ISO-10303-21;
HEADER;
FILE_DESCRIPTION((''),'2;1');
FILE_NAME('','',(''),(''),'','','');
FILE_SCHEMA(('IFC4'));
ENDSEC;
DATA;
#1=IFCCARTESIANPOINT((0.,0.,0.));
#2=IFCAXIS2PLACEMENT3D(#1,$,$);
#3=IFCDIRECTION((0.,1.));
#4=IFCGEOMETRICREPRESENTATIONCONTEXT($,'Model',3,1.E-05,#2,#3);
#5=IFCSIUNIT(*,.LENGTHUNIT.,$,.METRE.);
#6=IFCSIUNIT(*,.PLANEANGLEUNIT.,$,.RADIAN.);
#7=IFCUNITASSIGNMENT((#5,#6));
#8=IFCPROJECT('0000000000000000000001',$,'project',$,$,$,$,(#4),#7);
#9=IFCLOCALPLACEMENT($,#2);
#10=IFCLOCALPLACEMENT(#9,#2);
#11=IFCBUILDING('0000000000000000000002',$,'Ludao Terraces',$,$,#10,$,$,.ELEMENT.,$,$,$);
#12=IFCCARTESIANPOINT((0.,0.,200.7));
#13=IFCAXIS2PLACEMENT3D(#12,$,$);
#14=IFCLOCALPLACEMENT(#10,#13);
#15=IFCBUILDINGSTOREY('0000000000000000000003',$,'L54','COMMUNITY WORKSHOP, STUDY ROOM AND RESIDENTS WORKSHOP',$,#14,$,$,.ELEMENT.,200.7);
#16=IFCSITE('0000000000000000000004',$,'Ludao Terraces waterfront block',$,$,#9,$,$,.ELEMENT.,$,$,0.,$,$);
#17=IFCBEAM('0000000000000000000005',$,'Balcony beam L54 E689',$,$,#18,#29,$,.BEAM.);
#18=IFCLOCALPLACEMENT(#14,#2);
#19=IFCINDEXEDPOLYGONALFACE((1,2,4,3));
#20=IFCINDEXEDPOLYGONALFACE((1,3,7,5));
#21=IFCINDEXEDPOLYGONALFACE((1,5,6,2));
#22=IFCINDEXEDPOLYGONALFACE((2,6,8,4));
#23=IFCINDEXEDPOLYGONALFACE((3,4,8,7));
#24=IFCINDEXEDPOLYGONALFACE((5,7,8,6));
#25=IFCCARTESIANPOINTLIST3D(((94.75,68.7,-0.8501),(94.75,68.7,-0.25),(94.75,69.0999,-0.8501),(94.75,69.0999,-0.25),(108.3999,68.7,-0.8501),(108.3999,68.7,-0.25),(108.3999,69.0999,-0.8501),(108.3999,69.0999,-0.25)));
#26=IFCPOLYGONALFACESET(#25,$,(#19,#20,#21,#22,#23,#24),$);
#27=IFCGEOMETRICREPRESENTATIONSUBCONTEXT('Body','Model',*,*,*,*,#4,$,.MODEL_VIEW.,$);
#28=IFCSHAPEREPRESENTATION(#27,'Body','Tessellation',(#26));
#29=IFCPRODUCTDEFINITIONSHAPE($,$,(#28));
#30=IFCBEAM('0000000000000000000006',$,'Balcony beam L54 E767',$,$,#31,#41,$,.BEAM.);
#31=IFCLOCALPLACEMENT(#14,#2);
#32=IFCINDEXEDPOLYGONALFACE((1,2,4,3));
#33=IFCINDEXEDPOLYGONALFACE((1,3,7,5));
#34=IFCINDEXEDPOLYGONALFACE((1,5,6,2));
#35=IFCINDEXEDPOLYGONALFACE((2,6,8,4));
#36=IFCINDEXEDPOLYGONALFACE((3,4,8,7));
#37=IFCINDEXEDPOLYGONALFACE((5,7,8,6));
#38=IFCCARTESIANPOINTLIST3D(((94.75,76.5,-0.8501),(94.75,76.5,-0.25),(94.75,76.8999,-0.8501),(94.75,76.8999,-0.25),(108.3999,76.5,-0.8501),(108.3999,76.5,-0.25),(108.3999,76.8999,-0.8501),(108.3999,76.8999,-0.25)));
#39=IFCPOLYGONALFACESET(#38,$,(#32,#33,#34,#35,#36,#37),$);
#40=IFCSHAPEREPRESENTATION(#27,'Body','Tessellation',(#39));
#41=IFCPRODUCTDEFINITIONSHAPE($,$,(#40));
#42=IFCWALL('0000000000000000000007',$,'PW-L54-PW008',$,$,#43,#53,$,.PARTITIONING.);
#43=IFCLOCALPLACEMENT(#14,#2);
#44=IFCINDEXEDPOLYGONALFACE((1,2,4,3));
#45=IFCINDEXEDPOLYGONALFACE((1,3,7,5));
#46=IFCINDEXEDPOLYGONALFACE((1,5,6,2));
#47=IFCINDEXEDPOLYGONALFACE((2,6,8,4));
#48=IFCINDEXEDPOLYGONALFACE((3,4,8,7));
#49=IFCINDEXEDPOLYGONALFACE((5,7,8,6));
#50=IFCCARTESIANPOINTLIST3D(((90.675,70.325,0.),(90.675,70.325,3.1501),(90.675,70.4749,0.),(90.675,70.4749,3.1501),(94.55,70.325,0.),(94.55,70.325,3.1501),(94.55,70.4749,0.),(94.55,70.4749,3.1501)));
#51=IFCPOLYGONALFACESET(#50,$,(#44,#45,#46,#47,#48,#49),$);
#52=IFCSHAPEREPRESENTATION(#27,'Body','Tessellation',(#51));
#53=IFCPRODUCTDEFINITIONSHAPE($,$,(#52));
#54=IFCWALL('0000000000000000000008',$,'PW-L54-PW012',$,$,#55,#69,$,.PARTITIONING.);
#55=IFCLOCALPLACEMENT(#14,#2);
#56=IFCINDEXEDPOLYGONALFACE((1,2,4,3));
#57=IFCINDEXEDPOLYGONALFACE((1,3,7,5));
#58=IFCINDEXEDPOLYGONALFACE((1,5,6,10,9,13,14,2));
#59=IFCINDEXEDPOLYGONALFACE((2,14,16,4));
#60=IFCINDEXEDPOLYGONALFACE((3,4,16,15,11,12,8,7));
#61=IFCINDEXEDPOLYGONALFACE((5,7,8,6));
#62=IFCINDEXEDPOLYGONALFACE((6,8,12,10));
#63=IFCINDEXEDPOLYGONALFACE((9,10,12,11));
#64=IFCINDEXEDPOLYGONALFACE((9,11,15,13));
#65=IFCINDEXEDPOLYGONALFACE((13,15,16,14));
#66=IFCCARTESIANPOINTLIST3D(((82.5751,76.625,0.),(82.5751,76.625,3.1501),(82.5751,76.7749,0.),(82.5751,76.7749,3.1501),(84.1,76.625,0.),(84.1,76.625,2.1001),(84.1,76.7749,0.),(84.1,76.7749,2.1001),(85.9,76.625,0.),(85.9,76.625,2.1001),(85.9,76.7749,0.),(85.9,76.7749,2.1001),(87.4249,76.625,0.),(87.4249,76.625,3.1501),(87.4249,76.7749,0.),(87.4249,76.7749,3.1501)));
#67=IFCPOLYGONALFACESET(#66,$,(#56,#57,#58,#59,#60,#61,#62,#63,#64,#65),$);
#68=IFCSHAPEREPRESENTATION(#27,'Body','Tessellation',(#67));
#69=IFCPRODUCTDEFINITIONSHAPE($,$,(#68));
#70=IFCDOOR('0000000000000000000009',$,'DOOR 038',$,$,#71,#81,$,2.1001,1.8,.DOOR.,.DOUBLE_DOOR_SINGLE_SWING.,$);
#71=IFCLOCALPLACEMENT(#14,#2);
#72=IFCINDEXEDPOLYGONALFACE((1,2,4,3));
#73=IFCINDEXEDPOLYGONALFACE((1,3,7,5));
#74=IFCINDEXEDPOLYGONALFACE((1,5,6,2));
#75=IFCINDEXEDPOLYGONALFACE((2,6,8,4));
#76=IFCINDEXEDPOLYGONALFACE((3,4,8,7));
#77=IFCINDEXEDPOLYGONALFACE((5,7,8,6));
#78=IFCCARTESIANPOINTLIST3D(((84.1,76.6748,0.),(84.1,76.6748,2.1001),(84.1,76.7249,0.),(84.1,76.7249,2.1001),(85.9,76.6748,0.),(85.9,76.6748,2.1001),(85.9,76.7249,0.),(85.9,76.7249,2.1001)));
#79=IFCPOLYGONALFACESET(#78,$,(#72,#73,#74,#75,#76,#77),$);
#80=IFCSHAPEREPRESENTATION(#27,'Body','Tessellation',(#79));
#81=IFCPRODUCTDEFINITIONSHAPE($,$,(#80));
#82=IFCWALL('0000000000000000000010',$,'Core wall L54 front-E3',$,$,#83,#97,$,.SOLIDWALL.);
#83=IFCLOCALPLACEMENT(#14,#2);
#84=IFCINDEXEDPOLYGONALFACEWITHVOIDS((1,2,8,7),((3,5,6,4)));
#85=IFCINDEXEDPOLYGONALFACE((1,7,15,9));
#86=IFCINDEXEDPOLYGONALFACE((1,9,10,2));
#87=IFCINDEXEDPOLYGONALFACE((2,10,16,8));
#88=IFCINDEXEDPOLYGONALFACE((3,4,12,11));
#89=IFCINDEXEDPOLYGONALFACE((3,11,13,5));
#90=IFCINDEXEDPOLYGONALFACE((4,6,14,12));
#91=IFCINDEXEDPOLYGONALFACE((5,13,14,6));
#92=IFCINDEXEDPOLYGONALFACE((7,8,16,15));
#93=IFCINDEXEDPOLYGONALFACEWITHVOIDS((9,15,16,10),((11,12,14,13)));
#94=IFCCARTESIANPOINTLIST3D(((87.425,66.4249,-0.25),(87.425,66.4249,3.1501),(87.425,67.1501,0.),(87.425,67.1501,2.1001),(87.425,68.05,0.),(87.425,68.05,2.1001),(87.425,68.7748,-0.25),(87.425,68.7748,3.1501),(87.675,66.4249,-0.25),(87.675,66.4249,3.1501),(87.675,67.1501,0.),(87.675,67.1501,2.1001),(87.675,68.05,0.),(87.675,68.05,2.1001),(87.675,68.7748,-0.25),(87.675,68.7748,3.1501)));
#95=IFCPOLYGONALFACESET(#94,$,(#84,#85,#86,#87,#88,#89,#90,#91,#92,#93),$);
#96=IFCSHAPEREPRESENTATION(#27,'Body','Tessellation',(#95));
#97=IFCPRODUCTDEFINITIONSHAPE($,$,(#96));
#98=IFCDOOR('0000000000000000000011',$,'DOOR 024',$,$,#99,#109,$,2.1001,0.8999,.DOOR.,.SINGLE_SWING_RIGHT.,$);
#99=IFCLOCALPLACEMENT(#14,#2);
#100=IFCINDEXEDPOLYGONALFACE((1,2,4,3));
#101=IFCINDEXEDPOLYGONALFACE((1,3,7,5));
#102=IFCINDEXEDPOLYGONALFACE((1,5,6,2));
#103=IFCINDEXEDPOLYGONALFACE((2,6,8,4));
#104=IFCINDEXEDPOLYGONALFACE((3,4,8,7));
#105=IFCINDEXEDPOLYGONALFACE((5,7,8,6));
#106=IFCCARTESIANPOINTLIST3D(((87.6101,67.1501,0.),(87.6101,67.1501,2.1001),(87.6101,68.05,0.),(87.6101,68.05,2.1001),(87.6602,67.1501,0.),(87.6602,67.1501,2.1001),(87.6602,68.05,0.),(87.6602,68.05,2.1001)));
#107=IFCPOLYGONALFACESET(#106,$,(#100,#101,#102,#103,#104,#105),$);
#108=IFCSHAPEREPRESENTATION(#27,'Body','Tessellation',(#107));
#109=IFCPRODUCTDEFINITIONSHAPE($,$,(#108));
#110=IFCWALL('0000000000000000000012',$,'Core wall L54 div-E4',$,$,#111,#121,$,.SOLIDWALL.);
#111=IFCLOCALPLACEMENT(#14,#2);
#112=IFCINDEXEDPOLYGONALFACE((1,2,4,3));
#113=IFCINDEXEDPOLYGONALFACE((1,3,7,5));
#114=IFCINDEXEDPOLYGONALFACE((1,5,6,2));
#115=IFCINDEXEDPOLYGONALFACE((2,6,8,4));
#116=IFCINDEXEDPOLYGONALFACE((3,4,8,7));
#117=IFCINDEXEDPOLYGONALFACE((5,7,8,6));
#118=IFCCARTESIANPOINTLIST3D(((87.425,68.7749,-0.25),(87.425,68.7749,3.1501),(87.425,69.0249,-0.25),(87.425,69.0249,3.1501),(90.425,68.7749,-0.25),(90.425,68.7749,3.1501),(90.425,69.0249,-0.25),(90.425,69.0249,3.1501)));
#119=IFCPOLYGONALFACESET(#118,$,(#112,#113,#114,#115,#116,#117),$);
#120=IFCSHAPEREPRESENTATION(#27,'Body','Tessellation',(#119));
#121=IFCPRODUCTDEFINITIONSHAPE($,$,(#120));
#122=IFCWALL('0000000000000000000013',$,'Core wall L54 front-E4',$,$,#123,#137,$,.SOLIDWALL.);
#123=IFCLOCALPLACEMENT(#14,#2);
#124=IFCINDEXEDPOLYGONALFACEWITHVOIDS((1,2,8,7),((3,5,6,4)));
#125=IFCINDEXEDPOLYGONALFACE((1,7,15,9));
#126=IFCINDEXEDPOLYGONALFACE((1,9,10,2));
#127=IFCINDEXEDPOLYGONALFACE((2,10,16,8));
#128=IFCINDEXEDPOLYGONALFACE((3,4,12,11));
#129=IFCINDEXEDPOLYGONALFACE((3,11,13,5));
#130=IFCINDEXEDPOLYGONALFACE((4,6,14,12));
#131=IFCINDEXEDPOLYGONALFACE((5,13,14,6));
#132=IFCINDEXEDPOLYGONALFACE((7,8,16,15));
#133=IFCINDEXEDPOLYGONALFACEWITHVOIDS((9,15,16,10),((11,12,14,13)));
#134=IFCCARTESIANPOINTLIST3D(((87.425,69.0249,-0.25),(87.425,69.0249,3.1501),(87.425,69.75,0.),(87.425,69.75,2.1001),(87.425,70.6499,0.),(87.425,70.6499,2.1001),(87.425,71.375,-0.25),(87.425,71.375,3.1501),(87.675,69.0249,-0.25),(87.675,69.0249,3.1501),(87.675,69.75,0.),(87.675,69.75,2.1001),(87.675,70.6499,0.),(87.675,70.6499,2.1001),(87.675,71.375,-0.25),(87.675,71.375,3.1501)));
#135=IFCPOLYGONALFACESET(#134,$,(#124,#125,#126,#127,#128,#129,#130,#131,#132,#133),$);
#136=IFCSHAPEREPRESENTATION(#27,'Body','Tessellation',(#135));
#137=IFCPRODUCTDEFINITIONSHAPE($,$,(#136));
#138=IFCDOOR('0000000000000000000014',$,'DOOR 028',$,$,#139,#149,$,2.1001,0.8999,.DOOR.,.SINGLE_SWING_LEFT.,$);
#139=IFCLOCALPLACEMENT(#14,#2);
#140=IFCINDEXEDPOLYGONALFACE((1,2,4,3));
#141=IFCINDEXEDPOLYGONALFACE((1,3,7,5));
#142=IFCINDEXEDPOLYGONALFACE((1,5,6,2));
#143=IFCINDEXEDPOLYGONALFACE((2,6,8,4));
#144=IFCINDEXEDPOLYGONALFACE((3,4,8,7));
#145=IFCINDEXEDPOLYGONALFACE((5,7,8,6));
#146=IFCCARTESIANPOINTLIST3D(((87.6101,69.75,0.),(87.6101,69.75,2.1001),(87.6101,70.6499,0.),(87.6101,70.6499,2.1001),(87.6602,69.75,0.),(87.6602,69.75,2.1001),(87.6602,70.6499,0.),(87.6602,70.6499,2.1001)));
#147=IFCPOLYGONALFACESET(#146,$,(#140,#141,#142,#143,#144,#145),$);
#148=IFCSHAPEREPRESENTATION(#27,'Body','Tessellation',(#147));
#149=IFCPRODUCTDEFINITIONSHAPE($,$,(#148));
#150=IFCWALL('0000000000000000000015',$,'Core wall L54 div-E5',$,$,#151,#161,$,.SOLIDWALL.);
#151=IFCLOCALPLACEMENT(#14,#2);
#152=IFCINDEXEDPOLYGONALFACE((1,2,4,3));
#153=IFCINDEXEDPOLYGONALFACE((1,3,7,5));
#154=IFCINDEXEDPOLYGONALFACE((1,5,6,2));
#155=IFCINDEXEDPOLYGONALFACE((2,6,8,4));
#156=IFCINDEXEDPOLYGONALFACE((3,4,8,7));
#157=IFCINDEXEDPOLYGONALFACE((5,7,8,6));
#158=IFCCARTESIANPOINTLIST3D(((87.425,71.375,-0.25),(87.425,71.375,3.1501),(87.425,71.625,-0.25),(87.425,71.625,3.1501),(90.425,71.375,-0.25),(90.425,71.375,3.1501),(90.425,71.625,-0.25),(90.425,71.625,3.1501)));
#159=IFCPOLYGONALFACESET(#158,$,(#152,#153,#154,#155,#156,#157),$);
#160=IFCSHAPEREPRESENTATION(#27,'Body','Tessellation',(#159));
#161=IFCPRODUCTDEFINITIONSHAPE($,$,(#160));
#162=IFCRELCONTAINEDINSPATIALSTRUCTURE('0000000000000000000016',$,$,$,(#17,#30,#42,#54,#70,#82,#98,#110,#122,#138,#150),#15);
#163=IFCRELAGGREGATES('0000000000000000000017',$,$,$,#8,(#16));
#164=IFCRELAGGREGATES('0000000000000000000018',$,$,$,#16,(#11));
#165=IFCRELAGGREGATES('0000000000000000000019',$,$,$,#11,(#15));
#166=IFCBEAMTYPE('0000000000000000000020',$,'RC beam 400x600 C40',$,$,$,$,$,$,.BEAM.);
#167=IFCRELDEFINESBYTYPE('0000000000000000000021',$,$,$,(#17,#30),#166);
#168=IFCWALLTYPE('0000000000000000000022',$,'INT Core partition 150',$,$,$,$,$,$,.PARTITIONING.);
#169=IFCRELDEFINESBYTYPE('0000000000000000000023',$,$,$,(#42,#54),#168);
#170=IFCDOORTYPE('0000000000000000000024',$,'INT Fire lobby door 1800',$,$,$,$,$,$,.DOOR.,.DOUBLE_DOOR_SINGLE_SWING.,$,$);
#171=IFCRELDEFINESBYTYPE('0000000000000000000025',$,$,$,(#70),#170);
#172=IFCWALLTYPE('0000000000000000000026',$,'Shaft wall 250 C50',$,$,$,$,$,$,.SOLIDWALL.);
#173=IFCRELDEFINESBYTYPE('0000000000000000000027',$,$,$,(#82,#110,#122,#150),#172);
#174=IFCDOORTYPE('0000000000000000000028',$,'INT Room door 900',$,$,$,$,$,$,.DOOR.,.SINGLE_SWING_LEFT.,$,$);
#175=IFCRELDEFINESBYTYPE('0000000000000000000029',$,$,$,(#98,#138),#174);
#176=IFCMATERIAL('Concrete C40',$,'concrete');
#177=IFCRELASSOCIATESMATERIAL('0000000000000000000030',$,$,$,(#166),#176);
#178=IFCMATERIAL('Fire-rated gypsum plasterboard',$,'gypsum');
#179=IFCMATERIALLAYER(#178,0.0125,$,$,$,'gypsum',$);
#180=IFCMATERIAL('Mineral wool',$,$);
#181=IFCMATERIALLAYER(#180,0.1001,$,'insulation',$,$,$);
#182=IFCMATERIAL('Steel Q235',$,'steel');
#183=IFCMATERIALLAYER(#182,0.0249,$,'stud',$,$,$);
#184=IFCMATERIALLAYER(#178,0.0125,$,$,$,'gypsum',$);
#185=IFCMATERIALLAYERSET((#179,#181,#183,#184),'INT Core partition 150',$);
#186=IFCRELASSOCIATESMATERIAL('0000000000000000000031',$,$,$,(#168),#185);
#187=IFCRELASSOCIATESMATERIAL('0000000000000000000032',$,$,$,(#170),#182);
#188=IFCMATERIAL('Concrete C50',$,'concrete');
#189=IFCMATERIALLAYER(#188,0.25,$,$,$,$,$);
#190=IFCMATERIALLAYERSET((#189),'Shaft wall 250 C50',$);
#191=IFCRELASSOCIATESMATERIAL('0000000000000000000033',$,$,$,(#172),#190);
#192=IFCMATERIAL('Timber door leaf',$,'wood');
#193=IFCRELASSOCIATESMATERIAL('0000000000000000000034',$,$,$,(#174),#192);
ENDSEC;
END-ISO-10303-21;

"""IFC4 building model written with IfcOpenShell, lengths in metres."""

from ifc_helpers import new_model, si_unit, direction, frame, frame_2d, origin, origin_2d, place, context, subcontext, project, spatial, rectangle, extrude, material, layer, layer_set, material_profile, profile_set, type_object, element, fill, save


model = new_model("IFC4")

# Units and contexts
model_context = context("Model", 3, precision=1e-05, world=origin(), true_north=direction((0.0, 1.0)))
body_context = subcontext(model_context, "Body", "Model", "MODEL_VIEW")
ifc_project = project(units=[si_unit("LENGTHUNIT", "METRE"), si_unit("PLANEANGLEUNIT", "RADIAN")], contexts=[model_context])

# Site, building, storey
site_placement = place(None, origin())
site = spatial("IfcSite", under=ifc_project, at=site_placement, Name="Ludao Terraces waterfront block", CompositionType="ELEMENT", RefElevation=0.0)
building_placement = place(site_placement, origin())
building = spatial("IfcBuilding", under=site, at=building_placement, Name="Ludao Terraces", CompositionType="ELEMENT")
storey_placement = place(building_placement, frame((0.0, 0.0, 200.7)))
storey = spatial("IfcBuildingStorey", under=building, at=storey_placement, Name="L54", Description="COMMUNITY WORKSHOP, STUDY ROOM AND RESIDENTS WORKSHOP", CompositionType="ELEMENT", Elevation=200.7)

# Beams
ifc_material_1 = material(Name="Concrete C40", Category="concrete")
ifc_material_profile = material_profile(ifc_material_1, rectangle(XDim=0.3999, YDim=0.6001, at=origin_2d()), Name="400 X 600")
ifc_profile_set = profile_set([ifc_material_profile], Name="Concrete C40")
beam_type = type_object("IfcBeamType", Name="RC beam 400x600 C40", PredefinedType="BEAM", material=ifc_profile_set)
for number, where, z_axis, x_axis, name in (
    (1, (94.75, 68.8999, -0.55), (1.0, 0.0, 0.0), (0.0, 1.0, 0.0), "Balcony beam L54 E689"),
    (2, (94.75, 76.7, -0.55), (1.0, 0.0, 0.0), (0.0, 1.0, 0.0), "Balcony beam L54 E767"),
):
    element("IfcBeam", number, at=place(storey_placement, frame(where, z_axis=z_axis, x_axis=x_axis)), inside=storey, type_object=beam_type, Name=name, PredefinedType="BEAM", context=body_context, shape_type="SweptSolid", body=[
        extrude(rectangle(XDim=0.3999, YDim=0.6001, at=origin_2d()), origin(), (0.0, 0.0, 1.0), 13.6499),
    ])

# Wall
ifc_material_2 = material(Name="Fire-rated gypsum plasterboard", Category="gypsum")
ifc_layer_1 = layer(ifc_material_2, 0.0125, Category="gypsum")
ifc_material_3 = material(Name="Mineral wool")
ifc_layer_2 = layer(ifc_material_3, 0.1001, Name="insulation")
ifc_material_4 = material(Name="Steel Q235", Category="steel")
ifc_layer_3 = layer(ifc_material_4, 0.0249, Name="stud")
ifc_layer_4 = layer(ifc_material_2, 0.0125, Category="gypsum")
ifc_layer_set_1 = layer_set([ifc_layer_1, ifc_layer_2, ifc_layer_3, ifc_layer_4], Name="INT Core partition 150")
wall_type_1 = type_object("IfcWallType", Name="INT Core partition 150", PredefinedType="PARTITIONING", material=ifc_layer_set_1)
wall_1_placement = place(storey_placement, frame((90.675, 70.3999, 0.0), z_axis=(0.0, 0.0, 1.0), x_axis=(1.0, 0.0, 0.0)))
element("IfcWall", 3, at=wall_1_placement, inside=storey, type_object=wall_type_1, Name="PW-L54-PW008", PredefinedType="PARTITIONING", context=body_context, shape_type="SweptSolid", body=[
    extrude(rectangle(XDim=3.875, YDim=0.1499, at=frame_2d((1.9375, 0.0))), origin(), (0.0, 0.0, 1.0), 3.1501),
])

# Walls, openings, doors
wall_2_placement = place(storey_placement, frame((82.5752, 76.7, 0.0), z_axis=(0.0, 0.0, 1.0), x_axis=(1.0, 0.0, 0.0)))
wall_2 = element("IfcWall", 4, at=wall_2_placement, inside=storey, type_object=wall_type_1, Name="PW-L54-PW012", PredefinedType="PARTITIONING", context=body_context, shape_type="SweptSolid", body=[
    extrude(rectangle(XDim=4.8499, YDim=0.1499, at=frame_2d((2.4248, 0.0))), origin(), (0.0, 0.0, 1.0), 3.1501),
])
opening_1_placement = place(wall_2_placement, frame((1.5249, 0.0, 0.0)))
opening_1 = element("IfcOpeningElement", 5, at=opening_1_placement, cuts=wall_2, PredefinedType="OPENING", context=body_context, shape_type="SweptSolid", body=[
    extrude(rectangle(XDim=1.8, YDim=2.1001, at=frame_2d((0.8999, 1.05))), frame((0.0, 0.085, 0.0), z_axis=(0.0, -1.0, 0.0), x_axis=(1.0, 0.0, 0.0)), (0.0, 0.0, 1.0), 0.1699),
])
door_type_1 = type_object("IfcDoorType", Name="INT Fire lobby door 1800", OperationType="DOUBLE_DOOR_SINGLE_SWING", PredefinedType="DOOR", material=ifc_material_4)
door_1_placement = place(opening_1_placement, origin())
door_1 = element("IfcDoor", 6, at=door_1_placement, inside=storey, type_object=door_type_1, Name="DOOR 038", OperationType="DOUBLE_DOOR_SINGLE_SWING", OverallHeight=2.1001, OverallWidth=1.8, PredefinedType="DOOR", context=body_context, shape_type="SweptSolid", body=[
    extrude(rectangle(XDim=1.8, YDim=2.1001, at=frame_2d((0.8999, 1.05))), frame((0.0, 0.0249, 0.0), z_axis=(0.0, -1.0, 0.0), x_axis=(1.0, 0.0, 0.0)), (0.0, 0.0, 1.0), 0.05),
])
fill(opening_1, door_1)
ifc_material_5 = material(Name="Concrete C50", Category="concrete")
ifc_layer_5 = layer(ifc_material_5, 0.25)
ifc_layer_set_2 = layer_set([ifc_layer_5], Name="Shaft wall 250 C50")
wall_type_2 = type_object("IfcWallType", Name="Shaft wall 250 C50", PredefinedType="SOLIDWALL", material=ifc_layer_set_2)
wall_3_placement = place(storey_placement, frame((87.55, 66.425, -0.25), z_axis=(0.0, 0.0, 1.0), x_axis=(0.0, 1.0, 0.0)))
wall_3 = element("IfcWall", 7, at=wall_3_placement, inside=storey, type_object=wall_type_2, Name="Core wall L54 front-E3", PredefinedType="SOLIDWALL", context=body_context, shape_type="SweptSolid", body=[
    extrude(rectangle(XDim=2.3499, YDim=0.25, at=frame_2d((1.1748, 0.0))), origin(), (0.0, 0.0, 1.0), 3.4001),
])
opening_2_placement = place(wall_3_placement, frame((0.7251, 0.0, 0.25)))
opening_2 = element("IfcOpeningElement", 8, at=opening_2_placement, cuts=wall_3, PredefinedType="OPENING", context=body_context, shape_type="SweptSolid", body=[
    extrude(rectangle(XDim=0.8999, YDim=2.1001, at=frame_2d((0.45, 1.05))), frame((0.0, 0.135, 0.0), z_axis=(0.0, -1.0, 0.0), x_axis=(1.0, 0.0, 0.0)), (0.0, 0.0, 1.0), 0.27),
])
ifc_material_6 = material(Name="Timber door leaf", Category="wood")
door_type_2 = type_object("IfcDoorType", Name="INT Room door 900", OperationType="SINGLE_SWING_LEFT", PredefinedType="DOOR", material=ifc_material_6)
door_2_placement = place(opening_2_placement, origin())
door_2 = element("IfcDoor", 9, at=door_2_placement, inside=storey, type_object=door_type_2, Name="DOOR 024", OperationType="SINGLE_SWING_RIGHT", OverallHeight=2.1001, OverallWidth=0.8999, PredefinedType="DOOR", context=body_context, shape_type="SweptSolid", body=[
    extrude(rectangle(XDim=0.8999, YDim=2.1001, at=frame_2d((0.45, 1.05))), frame((0.0, -0.0601, 0.0), z_axis=(0.0, -1.0, 0.0), x_axis=(1.0, 0.0, 0.0)), (0.0, 0.0, 1.0), 0.05),
])
fill(opening_2, door_2)

# Wall
wall_4_placement = place(storey_placement, frame((87.425, 68.8999, -0.25), z_axis=(0.0, 0.0, 1.0), x_axis=(1.0, 0.0, 0.0)))
element("IfcWall", 10, at=wall_4_placement, inside=storey, type_object=wall_type_2, Name="Core wall L54 div-E4", PredefinedType="SOLIDWALL", context=body_context, shape_type="SweptSolid", body=[
    extrude(rectangle(XDim=3.0, YDim=0.25, at=frame_2d((1.5, 0.0))), origin(), (0.0, 0.0, 1.0), 3.4001),
])

# Wall, opening, door
wall_5_placement = place(storey_placement, frame((87.55, 69.0249, -0.25), z_axis=(0.0, 0.0, 1.0), x_axis=(0.0, 1.0, 0.0)))
wall_5 = element("IfcWall", 11, at=wall_5_placement, inside=storey, type_object=wall_type_2, Name="Core wall L54 front-E4", PredefinedType="SOLIDWALL", context=body_context, shape_type="SweptSolid", body=[
    extrude(rectangle(XDim=2.3501, YDim=0.25, at=frame_2d((1.175, 0.0))), origin(), (0.0, 0.0, 1.0), 3.4001),
])
opening_3_placement = place(wall_5_placement, frame((0.7251, 0.0, 0.25)))
opening_3 = element("IfcOpeningElement", 12, at=opening_3_placement, cuts=wall_5, PredefinedType="OPENING", context=body_context, shape_type="SweptSolid", body=[
    extrude(rectangle(XDim=0.8999, YDim=2.1001, at=frame_2d((0.45, 1.05))), frame((0.0, 0.135, 0.0), z_axis=(0.0, -1.0, 0.0), x_axis=(1.0, 0.0, 0.0)), (0.0, 0.0, 1.0), 0.27),
])
door_3_placement = place(opening_3_placement, origin())
door_3 = element("IfcDoor", 13, at=door_3_placement, inside=storey, type_object=door_type_2, Name="DOOR 028", OperationType="SINGLE_SWING_LEFT", OverallHeight=2.1001, OverallWidth=0.8999, PredefinedType="DOOR", context=body_context, shape_type="SweptSolid", body=[
    extrude(rectangle(XDim=0.8999, YDim=2.1001, at=frame_2d((0.45, 1.05))), frame((0.0, -0.0601, 0.0), z_axis=(0.0, -1.0, 0.0), x_axis=(1.0, 0.0, 0.0)), (0.0, 0.0, 1.0), 0.05),
])
fill(opening_3, door_3)

# Wall
wall_6_placement = place(storey_placement, frame((87.425, 71.5, -0.25), z_axis=(0.0, 0.0, 1.0), x_axis=(1.0, 0.0, 0.0)))
element("IfcWall", 14, at=wall_6_placement, inside=storey, type_object=wall_type_2, Name="Core wall L54 div-E5", PredefinedType="SOLIDWALL", context=body_context, shape_type="SweptSolid", body=[
    extrude(rectangle(XDim=3.0, YDim=0.25, at=frame_2d((1.5, 0.0))), origin(), (0.0, 0.0, 1.0), 3.4001),
])

save(model, "model.ifc")
